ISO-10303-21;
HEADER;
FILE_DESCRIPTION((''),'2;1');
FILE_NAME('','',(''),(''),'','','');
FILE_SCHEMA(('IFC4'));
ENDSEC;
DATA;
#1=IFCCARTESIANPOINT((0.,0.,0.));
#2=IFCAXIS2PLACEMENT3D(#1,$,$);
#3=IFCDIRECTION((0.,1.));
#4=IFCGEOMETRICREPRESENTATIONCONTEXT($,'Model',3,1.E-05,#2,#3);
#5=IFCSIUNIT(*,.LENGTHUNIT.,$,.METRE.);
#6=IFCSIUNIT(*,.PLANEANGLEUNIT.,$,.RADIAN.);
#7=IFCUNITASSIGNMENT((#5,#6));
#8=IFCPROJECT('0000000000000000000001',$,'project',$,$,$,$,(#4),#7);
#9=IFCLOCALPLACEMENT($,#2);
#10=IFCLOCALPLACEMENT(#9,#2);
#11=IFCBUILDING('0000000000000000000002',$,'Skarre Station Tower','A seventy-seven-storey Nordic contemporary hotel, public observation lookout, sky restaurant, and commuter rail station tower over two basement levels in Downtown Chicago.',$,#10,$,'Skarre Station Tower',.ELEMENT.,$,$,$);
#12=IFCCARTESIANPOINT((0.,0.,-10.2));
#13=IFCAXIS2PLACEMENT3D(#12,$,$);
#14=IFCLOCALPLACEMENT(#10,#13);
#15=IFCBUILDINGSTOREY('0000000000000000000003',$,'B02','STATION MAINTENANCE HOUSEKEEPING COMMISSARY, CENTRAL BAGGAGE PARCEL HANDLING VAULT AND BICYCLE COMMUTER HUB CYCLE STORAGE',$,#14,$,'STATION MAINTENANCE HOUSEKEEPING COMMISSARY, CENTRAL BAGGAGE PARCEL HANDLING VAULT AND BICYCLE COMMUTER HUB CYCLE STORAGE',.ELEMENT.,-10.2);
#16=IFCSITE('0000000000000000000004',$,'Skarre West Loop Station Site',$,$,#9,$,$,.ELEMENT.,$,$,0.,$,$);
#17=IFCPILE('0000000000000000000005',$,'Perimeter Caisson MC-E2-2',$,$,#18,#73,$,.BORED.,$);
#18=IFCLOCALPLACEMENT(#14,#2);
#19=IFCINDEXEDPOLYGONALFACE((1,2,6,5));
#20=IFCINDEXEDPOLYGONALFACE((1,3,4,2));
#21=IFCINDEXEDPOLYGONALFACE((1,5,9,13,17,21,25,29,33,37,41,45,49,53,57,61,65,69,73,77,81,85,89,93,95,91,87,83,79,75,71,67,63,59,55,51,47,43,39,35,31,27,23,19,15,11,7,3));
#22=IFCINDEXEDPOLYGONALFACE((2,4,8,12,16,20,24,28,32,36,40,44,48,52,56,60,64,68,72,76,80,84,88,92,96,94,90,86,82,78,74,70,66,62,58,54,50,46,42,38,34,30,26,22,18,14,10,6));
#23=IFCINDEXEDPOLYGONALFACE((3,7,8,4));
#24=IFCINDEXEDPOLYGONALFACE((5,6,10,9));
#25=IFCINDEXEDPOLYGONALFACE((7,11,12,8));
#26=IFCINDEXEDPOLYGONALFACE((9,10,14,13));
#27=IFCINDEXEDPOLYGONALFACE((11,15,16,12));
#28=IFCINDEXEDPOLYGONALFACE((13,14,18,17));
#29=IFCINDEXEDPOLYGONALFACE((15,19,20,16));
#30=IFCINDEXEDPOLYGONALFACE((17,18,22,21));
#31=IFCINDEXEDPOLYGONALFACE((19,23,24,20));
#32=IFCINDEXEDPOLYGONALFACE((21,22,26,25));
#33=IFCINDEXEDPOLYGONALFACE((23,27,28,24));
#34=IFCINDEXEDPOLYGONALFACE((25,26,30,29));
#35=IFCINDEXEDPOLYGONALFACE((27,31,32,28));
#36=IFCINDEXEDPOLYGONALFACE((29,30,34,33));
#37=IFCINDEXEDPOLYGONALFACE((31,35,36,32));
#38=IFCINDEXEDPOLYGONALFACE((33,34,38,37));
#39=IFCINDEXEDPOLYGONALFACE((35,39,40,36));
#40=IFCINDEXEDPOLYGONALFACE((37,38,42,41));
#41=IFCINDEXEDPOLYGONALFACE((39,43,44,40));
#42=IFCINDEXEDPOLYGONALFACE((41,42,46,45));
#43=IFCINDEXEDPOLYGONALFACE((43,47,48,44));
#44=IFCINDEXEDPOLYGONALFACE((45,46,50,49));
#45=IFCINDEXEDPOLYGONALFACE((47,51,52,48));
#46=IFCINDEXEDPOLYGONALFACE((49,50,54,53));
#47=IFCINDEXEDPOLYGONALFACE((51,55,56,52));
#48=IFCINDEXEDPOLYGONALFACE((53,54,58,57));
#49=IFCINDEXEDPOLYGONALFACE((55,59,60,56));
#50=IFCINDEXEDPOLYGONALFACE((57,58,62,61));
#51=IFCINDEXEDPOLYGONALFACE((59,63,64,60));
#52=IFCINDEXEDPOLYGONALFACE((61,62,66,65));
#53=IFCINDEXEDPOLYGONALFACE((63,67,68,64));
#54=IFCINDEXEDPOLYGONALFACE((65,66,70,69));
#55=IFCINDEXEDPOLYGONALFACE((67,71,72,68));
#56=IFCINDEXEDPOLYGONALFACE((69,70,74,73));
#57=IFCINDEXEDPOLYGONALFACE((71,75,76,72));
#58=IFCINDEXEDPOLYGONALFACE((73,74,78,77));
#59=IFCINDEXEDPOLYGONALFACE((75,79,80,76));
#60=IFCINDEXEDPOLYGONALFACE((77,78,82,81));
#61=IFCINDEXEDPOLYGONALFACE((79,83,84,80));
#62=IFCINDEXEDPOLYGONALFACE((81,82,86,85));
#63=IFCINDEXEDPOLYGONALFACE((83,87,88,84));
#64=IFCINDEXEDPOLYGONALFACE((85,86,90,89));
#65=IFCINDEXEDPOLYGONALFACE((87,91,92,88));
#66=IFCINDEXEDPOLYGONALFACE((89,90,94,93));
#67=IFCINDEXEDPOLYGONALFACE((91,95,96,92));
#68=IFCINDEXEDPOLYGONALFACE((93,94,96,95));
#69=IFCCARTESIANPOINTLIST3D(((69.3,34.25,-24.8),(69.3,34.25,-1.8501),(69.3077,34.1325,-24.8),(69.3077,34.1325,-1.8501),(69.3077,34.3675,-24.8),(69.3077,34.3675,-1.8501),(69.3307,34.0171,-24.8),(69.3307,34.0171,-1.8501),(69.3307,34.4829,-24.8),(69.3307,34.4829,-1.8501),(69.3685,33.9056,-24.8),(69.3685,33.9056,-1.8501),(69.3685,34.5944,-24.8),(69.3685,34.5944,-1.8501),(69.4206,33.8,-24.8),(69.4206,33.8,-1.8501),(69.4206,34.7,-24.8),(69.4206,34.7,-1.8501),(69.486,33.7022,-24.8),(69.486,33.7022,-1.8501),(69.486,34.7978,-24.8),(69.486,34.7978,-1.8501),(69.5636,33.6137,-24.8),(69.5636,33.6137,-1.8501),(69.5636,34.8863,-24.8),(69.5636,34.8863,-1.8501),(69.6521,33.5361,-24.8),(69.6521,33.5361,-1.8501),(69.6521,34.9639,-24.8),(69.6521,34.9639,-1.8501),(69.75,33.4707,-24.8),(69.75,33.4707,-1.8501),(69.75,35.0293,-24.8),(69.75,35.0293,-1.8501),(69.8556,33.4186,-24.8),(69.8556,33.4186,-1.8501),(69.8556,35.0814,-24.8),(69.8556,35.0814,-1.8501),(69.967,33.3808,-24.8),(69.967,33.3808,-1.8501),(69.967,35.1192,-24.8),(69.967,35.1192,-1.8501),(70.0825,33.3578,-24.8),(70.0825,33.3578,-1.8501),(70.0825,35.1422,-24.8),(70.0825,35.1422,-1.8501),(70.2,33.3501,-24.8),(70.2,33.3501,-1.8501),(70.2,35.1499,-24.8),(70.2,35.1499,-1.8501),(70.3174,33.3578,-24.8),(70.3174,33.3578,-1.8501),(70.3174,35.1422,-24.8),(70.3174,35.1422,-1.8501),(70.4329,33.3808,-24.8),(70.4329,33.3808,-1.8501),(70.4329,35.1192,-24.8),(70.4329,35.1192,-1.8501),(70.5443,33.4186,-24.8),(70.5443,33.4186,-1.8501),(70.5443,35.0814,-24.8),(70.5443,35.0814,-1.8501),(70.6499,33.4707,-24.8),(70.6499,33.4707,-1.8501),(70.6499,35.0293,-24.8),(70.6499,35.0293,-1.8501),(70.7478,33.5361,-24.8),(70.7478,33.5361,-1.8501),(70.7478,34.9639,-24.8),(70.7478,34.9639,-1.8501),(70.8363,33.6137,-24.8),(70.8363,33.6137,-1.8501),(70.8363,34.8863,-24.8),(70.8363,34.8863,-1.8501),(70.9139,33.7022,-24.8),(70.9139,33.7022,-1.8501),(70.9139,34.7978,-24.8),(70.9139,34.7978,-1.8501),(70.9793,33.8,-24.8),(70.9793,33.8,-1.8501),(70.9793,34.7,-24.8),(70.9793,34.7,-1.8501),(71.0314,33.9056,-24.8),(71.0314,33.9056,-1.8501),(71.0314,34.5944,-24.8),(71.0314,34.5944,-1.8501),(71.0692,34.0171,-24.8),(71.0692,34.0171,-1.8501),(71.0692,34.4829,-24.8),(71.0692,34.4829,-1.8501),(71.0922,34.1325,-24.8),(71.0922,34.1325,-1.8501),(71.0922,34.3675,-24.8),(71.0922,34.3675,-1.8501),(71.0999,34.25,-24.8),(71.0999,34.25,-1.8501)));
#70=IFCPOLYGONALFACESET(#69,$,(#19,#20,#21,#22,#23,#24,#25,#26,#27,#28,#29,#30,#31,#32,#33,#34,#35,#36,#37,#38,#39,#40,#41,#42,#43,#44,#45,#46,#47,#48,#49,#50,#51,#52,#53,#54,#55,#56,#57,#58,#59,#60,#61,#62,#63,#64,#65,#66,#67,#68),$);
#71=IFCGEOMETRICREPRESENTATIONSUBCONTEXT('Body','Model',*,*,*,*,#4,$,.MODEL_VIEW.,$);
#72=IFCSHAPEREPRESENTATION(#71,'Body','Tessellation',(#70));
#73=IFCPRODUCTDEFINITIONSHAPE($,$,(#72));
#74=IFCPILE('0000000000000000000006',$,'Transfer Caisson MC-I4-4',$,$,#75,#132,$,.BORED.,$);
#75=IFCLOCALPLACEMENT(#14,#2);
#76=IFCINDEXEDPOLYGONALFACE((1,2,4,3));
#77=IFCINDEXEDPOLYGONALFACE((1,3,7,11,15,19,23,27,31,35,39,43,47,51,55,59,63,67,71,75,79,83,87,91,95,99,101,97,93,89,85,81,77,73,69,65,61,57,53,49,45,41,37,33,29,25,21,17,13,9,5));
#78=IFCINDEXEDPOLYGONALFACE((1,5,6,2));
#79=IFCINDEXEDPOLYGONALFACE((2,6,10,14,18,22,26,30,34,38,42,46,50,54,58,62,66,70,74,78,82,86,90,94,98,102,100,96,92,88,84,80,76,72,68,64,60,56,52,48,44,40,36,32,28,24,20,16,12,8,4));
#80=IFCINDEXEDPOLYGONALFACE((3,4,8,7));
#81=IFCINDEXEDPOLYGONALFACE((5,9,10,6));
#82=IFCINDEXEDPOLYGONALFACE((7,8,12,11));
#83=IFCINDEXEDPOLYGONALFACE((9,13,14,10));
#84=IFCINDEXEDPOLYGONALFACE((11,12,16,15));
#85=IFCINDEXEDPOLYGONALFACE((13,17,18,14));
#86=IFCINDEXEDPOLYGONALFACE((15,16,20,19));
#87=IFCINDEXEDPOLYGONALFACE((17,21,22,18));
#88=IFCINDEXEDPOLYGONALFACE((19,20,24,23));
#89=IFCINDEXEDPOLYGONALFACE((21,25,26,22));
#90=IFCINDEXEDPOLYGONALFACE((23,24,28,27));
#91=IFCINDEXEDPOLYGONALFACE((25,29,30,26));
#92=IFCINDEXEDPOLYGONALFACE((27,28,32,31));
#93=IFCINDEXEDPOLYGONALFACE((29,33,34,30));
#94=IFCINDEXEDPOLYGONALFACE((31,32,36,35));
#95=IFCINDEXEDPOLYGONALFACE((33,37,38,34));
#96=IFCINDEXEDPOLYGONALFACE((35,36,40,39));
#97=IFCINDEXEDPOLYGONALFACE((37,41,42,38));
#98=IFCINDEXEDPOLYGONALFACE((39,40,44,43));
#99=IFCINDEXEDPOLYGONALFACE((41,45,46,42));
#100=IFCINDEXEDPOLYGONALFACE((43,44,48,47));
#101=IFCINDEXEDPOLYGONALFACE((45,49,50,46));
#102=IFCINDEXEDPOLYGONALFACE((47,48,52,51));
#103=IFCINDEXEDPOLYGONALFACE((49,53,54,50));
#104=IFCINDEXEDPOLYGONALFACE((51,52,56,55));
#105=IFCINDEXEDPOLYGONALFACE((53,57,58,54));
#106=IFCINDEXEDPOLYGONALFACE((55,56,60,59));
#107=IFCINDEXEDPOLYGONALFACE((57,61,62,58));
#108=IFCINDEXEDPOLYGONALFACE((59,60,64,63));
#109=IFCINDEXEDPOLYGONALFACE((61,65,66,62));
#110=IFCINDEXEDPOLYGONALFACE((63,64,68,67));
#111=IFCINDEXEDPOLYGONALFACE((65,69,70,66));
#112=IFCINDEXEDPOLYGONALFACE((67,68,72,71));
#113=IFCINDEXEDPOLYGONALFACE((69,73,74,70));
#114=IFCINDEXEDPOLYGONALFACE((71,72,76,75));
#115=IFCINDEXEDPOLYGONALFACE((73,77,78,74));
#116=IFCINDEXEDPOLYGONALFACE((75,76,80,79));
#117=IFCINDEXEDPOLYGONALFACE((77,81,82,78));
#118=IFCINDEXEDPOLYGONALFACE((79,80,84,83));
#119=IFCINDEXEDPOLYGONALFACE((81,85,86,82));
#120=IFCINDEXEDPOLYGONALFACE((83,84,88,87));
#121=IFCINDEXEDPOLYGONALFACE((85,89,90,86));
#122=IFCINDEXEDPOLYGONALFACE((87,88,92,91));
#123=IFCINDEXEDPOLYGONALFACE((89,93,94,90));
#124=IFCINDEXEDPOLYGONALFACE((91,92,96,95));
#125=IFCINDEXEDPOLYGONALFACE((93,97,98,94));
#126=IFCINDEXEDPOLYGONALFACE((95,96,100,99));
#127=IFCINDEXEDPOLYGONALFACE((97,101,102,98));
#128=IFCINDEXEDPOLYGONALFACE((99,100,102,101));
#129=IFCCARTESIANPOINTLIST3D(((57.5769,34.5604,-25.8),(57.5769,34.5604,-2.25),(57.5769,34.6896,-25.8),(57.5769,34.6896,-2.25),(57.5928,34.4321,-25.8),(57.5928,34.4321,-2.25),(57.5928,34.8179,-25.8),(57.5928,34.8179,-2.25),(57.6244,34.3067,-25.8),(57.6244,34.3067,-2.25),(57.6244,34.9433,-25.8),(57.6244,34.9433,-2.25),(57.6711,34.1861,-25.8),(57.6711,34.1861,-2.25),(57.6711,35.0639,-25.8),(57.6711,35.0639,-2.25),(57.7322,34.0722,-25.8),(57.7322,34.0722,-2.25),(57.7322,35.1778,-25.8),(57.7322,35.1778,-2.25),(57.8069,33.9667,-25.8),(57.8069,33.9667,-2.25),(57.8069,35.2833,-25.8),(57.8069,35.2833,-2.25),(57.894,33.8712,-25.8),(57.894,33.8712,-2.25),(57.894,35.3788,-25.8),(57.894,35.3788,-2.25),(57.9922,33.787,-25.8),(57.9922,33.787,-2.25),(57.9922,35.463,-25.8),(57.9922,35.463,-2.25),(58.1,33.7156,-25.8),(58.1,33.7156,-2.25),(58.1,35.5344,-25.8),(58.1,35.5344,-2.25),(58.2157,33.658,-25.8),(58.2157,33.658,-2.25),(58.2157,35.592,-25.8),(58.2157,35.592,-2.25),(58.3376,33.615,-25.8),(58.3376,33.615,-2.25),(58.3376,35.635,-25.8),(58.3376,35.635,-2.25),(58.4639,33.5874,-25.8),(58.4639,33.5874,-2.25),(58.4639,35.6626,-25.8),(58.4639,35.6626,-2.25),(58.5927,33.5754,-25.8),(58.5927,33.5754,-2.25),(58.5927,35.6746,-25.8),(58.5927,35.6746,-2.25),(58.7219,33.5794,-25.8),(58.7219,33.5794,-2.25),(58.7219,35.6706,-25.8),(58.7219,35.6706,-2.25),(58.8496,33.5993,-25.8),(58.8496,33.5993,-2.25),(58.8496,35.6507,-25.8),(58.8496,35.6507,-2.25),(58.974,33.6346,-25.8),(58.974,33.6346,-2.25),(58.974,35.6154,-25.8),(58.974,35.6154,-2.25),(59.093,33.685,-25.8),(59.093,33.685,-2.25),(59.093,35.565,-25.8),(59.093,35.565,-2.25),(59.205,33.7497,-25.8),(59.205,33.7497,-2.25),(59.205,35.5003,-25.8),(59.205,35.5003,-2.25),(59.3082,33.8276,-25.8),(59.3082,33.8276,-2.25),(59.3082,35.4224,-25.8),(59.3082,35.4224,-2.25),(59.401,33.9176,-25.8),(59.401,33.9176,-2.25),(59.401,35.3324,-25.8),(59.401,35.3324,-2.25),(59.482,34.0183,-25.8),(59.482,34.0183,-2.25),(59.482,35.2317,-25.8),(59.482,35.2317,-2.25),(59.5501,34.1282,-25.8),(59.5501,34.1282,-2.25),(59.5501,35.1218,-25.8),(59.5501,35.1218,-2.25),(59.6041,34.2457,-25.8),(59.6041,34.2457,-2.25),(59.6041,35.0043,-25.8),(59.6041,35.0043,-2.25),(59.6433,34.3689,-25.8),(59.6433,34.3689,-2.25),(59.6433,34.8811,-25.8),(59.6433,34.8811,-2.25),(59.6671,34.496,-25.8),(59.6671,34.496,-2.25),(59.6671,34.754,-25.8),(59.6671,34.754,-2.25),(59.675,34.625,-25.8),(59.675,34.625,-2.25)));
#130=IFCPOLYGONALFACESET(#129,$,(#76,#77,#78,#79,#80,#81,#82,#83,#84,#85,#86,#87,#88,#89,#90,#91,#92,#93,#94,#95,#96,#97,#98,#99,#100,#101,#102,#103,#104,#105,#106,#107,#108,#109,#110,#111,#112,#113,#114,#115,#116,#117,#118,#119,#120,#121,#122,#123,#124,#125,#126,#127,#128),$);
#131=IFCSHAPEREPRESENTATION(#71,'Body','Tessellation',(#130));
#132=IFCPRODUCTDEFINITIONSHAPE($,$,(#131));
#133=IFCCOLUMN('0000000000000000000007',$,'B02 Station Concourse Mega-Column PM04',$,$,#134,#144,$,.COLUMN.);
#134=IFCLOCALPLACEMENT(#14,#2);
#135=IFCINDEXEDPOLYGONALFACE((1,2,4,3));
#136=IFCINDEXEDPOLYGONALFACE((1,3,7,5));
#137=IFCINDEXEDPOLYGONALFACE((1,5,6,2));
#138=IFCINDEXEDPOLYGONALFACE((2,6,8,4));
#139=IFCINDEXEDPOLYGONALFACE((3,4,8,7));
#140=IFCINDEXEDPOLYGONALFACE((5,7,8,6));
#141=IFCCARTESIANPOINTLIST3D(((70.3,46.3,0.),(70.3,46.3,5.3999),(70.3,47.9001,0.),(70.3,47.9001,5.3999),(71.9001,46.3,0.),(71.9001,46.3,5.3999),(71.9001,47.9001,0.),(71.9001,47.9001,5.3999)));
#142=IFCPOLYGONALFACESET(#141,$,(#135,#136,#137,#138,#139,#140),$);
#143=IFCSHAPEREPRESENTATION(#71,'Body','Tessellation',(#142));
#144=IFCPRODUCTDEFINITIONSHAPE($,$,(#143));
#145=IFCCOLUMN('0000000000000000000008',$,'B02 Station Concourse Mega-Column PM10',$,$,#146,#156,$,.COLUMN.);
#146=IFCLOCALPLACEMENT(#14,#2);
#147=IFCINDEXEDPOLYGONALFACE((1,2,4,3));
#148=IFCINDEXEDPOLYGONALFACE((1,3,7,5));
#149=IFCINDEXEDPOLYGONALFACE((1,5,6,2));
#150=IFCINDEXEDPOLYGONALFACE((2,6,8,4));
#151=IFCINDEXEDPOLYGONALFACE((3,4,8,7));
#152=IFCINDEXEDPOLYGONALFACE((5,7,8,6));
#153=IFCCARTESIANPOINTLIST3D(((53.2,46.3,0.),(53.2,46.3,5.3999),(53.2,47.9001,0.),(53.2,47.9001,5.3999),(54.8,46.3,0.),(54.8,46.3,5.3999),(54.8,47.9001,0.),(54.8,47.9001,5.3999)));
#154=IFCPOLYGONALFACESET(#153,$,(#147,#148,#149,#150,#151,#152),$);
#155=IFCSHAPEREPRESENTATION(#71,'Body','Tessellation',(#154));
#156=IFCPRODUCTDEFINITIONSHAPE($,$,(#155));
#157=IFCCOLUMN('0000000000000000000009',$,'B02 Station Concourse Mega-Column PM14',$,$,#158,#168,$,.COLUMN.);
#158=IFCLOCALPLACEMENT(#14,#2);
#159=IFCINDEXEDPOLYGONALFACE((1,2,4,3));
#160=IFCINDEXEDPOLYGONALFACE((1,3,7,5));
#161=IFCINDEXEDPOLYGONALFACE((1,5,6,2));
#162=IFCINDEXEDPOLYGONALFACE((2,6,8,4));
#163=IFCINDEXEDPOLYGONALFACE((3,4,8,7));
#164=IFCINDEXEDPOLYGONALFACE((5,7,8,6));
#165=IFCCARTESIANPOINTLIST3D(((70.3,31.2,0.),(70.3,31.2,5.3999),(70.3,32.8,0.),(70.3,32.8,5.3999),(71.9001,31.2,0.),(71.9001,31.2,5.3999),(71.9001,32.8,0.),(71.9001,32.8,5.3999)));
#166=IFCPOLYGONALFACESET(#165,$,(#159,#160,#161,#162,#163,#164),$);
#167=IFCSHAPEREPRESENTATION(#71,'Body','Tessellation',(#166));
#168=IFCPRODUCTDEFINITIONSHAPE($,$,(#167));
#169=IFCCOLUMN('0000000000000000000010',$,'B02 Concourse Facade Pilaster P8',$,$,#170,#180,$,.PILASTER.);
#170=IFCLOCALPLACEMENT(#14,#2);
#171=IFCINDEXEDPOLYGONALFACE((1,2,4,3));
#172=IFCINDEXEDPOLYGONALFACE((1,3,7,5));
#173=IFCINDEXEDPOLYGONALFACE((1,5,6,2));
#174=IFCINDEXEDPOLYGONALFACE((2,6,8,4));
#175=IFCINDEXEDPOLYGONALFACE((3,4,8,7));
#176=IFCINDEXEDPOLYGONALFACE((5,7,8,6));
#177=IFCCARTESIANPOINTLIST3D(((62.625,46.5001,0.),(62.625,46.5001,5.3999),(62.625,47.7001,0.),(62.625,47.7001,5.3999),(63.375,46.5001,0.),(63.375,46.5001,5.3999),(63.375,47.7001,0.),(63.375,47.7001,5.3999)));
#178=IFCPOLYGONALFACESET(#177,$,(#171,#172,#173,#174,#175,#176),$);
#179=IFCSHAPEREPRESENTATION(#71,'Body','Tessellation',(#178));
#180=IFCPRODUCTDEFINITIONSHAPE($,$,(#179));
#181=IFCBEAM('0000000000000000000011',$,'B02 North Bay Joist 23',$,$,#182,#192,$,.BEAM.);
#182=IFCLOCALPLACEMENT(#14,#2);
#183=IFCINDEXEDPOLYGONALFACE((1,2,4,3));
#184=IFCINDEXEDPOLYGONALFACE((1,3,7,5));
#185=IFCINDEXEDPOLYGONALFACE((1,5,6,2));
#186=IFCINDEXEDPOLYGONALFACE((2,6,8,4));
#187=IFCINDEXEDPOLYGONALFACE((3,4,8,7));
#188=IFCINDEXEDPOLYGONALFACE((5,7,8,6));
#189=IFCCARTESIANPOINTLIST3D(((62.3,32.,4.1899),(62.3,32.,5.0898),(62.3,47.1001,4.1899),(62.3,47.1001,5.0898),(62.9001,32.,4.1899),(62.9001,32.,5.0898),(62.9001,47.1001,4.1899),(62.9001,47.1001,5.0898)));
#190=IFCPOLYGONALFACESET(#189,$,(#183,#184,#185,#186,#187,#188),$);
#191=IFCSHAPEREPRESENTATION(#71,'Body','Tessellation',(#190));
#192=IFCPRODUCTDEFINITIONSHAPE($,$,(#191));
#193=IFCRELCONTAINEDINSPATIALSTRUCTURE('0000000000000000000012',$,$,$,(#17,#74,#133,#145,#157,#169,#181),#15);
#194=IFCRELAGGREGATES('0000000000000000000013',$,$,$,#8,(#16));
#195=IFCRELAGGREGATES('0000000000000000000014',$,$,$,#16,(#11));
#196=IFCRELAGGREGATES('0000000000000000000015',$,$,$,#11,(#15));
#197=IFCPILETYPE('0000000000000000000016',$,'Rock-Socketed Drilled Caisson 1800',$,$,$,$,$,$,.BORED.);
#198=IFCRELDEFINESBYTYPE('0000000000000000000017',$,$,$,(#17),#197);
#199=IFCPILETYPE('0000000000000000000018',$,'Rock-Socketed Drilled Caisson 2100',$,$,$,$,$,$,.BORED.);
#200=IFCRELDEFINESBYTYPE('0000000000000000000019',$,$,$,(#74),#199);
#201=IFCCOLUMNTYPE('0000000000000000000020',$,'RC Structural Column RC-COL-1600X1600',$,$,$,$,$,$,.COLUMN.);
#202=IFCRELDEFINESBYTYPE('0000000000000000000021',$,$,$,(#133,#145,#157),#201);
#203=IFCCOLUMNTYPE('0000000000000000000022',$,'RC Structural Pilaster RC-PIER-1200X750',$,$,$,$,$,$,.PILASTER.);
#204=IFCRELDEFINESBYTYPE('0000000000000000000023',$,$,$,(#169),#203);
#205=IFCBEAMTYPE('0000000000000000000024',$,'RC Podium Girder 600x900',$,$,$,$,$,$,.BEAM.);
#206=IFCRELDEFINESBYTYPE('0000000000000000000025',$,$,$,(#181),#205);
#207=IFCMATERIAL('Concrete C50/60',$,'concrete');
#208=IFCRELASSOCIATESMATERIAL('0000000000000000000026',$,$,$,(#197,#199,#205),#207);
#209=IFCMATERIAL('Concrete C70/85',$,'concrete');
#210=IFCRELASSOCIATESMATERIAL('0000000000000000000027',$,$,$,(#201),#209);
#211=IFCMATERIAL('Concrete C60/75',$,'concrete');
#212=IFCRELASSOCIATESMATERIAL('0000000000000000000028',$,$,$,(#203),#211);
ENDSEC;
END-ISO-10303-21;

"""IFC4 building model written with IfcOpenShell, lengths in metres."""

from ifc_helpers import new_model, si_unit, direction, frame, origin, origin_2d, place, context, subcontext, project, spatial, rectangle, circle, extrude, material, material_profile, profile_set, type_object, element, save


model = new_model("IFC4")

# Units and contexts
model_context = context("Model", 3, precision=1e-05, world=origin(), true_north=direction((0.0, 1.0)))
body_context = subcontext(model_context, "Body", "Model", "MODEL_VIEW")
ifc_project = project(units=[si_unit("LENGTHUNIT", "METRE"), si_unit("PLANEANGLEUNIT", "RADIAN")], contexts=[model_context])

# Site, building, storey
site_placement = place(None, origin())
site = spatial("IfcSite", under=ifc_project, at=site_placement, Name="Skarre West Loop Station Site", CompositionType="ELEMENT", RefElevation=0.0)
building_placement = place(site_placement, origin())
building = spatial("IfcBuilding", under=site, at=building_placement, Name="Skarre Station Tower", Description="A seventy-seven-storey Nordic contemporary hotel, public observation lookout, sky restaurant, and commuter rail station tower over two basement levels in Downtown Chicago.", LongName="Skarre Station Tower", CompositionType="ELEMENT")
storey_placement = place(building_placement, frame((0.0, 0.0, -10.2)))
storey = spatial("IfcBuildingStorey", under=building, at=storey_placement, Name="B02", Description="STATION MAINTENANCE HOUSEKEEPING COMMISSARY, CENTRAL BAGGAGE PARCEL HANDLING VAULT AND BICYCLE COMMUTER HUB CYCLE STORAGE", LongName="STATION MAINTENANCE HOUSEKEEPING COMMISSARY, CENTRAL BAGGAGE PARCEL HANDLING VAULT AND BICYCLE COMMUTER HUB CYCLE STORAGE", CompositionType="ELEMENT", Elevation=-10.2)

# Shared definitions
ifc_material_1 = material(Name="Concrete C50/60", Category="concrete")

# Piles
ifc_material_profile_1 = material_profile(ifc_material_1, circle(Radius=0.8999, at=origin_2d()), Name="Concrete C50/60")
ifc_profile_set_1 = profile_set([ifc_material_profile_1], Name="Concrete C50/60")
pile_type_1 = type_object("IfcPileType", Name="Rock-Socketed Drilled Caisson 1800", PredefinedType="BORED", material=ifc_profile_set_1)
for number, where, z_axis, x_axis, name in (
    (1, (70.2, 34.25, -1.8501), (0.0, 0.0, -1.0), (1.0, 0.0, 0.0), "Perimeter Caisson MC-E2-2"),
):
    element("IfcPile", number, at=place(storey_placement, frame(where, z_axis=z_axis, x_axis=x_axis)), inside=storey, type_object=pile_type_1, Name=name, PredefinedType="BORED", context=body_context, shape_type="SweptSolid", body=[
        extrude(circle(Radius=0.8999, at=origin_2d()), origin(), (0.0, 0.0, 1.0), 22.95),
    ])
ifc_material_profile_2 = material_profile(ifc_material_1, circle(Radius=1.05, at=origin_2d()), Name="Concrete C50/60")
ifc_profile_set_2 = profile_set([ifc_material_profile_2], Name="Concrete C50/60")
pile_type_2 = type_object("IfcPileType", Name="Rock-Socketed Drilled Caisson 2100", PredefinedType="BORED", material=ifc_profile_set_2)
pile_placement = place(storey_placement, frame((58.625, 34.625, -2.25), z_axis=(0.0, 0.0, -1.0), x_axis=(1.0, 0.0, 0.0)))
element("IfcPile", 2, at=pile_placement, inside=storey, type_object=pile_type_2, Name="Transfer Caisson MC-I4-4", PredefinedType="BORED", context=body_context, shape_type="SweptSolid", body=[
    extrude(circle(Radius=1.05, at=origin_2d()), origin(), (0.0, 0.0, 1.0), 23.55),
])

# Columns
ifc_material_2 = material(Name="Concrete C70/85", Category="concrete")
ifc_material_profile_3 = material_profile(ifc_material_2, rectangle(XDim=1.6001, YDim=1.6001, at=origin_2d()), Name="Concrete C70/85")
ifc_profile_set_3 = profile_set([ifc_material_profile_3], Name="Concrete C70/85")
column_type_1 = type_object("IfcColumnType", Name="RC Structural Column RC-COL-1600X1600", PredefinedType="COLUMN", material=ifc_profile_set_3)
for number, where, z_axis, x_axis, name in (
    (3, (71.1001, 47.1001, 0.0), (0.0, 0.0, 1.0), (1.0, 0.0, 0.0), "B02 Station Concourse Mega-Column PM04"),
    (4, (54.0, 47.1001, 0.0), (0.0, 0.0, 1.0), (1.0, 0.0, 0.0), "B02 Station Concourse Mega-Column PM10"),
    (5, (71.1001, 32.0, 0.0), (0.0, 0.0, 1.0), (1.0, 0.0, 0.0), "B02 Station Concourse Mega-Column PM14"),
):
    element("IfcColumn", number, at=place(storey_placement, frame(where, z_axis=z_axis, x_axis=x_axis)), inside=storey, type_object=column_type_1, Name=name, PredefinedType="COLUMN", context=body_context, shape_type="SweptSolid", body=[
        extrude(rectangle(XDim=1.6001, YDim=1.6001, at=origin_2d()), origin(), (0.0, 0.0, 1.0), 5.3999),
    ])
ifc_material_3 = material(Name="Concrete C60/75", Category="concrete")
ifc_material_profile_4 = material_profile(ifc_material_3, rectangle(XDim=0.75, YDim=1.2, at=origin_2d()), Name="Concrete C60/75")
ifc_profile_set_4 = profile_set([ifc_material_profile_4], Name="Concrete C60/75")
column_type_2 = type_object("IfcColumnType", Name="RC Structural Pilaster RC-PIER-1200X750", PredefinedType="PILASTER", material=ifc_profile_set_4)
column_placement = place(storey_placement, frame((63.0, 47.1001, 0.0), z_axis=(0.0, 0.0, 1.0), x_axis=(1.0, 0.0, 0.0)))
element("IfcColumn", 6, at=column_placement, inside=storey, type_object=column_type_2, Name="B02 Concourse Facade Pilaster P8", PredefinedType="PILASTER", context=body_context, shape_type="SweptSolid", body=[
    extrude(rectangle(XDim=0.75, YDim=1.2, at=origin_2d()), origin(), (0.0, 0.0, 1.0), 5.3999),
])

# Beam
ifc_material_profile_5 = material_profile(ifc_material_1, rectangle(XDim=0.6001, YDim=0.8999, at=origin_2d()), Name="Concrete C50/60")
ifc_profile_set_5 = profile_set([ifc_material_profile_5], Name="Concrete C50/60")
beam_type_1 = type_object("IfcBeamType", Name="RC Podium Girder 600x900", PredefinedType="BEAM", material=ifc_profile_set_5)
for number, where, z_axis, x_axis, name in (
    (7, (62.6001, 32.0, 4.6399), (0.0, 1.0, 0.0), (-1.0, 0.0, 0.0), "B02 North Bay Joist 23"),
):
    element("IfcBeam", number, at=place(storey_placement, frame(where, z_axis=z_axis, x_axis=x_axis)), inside=storey, type_object=beam_type_1, Name=name, PredefinedType="BEAM", context=body_context, shape_type="SweptSolid", body=[
        extrude(rectangle(XDim=0.6001, YDim=0.8999, at=origin_2d()), origin(), (0.0, 0.0, 1.0), 15.1001),
    ])

save(model, "model.ifc")
